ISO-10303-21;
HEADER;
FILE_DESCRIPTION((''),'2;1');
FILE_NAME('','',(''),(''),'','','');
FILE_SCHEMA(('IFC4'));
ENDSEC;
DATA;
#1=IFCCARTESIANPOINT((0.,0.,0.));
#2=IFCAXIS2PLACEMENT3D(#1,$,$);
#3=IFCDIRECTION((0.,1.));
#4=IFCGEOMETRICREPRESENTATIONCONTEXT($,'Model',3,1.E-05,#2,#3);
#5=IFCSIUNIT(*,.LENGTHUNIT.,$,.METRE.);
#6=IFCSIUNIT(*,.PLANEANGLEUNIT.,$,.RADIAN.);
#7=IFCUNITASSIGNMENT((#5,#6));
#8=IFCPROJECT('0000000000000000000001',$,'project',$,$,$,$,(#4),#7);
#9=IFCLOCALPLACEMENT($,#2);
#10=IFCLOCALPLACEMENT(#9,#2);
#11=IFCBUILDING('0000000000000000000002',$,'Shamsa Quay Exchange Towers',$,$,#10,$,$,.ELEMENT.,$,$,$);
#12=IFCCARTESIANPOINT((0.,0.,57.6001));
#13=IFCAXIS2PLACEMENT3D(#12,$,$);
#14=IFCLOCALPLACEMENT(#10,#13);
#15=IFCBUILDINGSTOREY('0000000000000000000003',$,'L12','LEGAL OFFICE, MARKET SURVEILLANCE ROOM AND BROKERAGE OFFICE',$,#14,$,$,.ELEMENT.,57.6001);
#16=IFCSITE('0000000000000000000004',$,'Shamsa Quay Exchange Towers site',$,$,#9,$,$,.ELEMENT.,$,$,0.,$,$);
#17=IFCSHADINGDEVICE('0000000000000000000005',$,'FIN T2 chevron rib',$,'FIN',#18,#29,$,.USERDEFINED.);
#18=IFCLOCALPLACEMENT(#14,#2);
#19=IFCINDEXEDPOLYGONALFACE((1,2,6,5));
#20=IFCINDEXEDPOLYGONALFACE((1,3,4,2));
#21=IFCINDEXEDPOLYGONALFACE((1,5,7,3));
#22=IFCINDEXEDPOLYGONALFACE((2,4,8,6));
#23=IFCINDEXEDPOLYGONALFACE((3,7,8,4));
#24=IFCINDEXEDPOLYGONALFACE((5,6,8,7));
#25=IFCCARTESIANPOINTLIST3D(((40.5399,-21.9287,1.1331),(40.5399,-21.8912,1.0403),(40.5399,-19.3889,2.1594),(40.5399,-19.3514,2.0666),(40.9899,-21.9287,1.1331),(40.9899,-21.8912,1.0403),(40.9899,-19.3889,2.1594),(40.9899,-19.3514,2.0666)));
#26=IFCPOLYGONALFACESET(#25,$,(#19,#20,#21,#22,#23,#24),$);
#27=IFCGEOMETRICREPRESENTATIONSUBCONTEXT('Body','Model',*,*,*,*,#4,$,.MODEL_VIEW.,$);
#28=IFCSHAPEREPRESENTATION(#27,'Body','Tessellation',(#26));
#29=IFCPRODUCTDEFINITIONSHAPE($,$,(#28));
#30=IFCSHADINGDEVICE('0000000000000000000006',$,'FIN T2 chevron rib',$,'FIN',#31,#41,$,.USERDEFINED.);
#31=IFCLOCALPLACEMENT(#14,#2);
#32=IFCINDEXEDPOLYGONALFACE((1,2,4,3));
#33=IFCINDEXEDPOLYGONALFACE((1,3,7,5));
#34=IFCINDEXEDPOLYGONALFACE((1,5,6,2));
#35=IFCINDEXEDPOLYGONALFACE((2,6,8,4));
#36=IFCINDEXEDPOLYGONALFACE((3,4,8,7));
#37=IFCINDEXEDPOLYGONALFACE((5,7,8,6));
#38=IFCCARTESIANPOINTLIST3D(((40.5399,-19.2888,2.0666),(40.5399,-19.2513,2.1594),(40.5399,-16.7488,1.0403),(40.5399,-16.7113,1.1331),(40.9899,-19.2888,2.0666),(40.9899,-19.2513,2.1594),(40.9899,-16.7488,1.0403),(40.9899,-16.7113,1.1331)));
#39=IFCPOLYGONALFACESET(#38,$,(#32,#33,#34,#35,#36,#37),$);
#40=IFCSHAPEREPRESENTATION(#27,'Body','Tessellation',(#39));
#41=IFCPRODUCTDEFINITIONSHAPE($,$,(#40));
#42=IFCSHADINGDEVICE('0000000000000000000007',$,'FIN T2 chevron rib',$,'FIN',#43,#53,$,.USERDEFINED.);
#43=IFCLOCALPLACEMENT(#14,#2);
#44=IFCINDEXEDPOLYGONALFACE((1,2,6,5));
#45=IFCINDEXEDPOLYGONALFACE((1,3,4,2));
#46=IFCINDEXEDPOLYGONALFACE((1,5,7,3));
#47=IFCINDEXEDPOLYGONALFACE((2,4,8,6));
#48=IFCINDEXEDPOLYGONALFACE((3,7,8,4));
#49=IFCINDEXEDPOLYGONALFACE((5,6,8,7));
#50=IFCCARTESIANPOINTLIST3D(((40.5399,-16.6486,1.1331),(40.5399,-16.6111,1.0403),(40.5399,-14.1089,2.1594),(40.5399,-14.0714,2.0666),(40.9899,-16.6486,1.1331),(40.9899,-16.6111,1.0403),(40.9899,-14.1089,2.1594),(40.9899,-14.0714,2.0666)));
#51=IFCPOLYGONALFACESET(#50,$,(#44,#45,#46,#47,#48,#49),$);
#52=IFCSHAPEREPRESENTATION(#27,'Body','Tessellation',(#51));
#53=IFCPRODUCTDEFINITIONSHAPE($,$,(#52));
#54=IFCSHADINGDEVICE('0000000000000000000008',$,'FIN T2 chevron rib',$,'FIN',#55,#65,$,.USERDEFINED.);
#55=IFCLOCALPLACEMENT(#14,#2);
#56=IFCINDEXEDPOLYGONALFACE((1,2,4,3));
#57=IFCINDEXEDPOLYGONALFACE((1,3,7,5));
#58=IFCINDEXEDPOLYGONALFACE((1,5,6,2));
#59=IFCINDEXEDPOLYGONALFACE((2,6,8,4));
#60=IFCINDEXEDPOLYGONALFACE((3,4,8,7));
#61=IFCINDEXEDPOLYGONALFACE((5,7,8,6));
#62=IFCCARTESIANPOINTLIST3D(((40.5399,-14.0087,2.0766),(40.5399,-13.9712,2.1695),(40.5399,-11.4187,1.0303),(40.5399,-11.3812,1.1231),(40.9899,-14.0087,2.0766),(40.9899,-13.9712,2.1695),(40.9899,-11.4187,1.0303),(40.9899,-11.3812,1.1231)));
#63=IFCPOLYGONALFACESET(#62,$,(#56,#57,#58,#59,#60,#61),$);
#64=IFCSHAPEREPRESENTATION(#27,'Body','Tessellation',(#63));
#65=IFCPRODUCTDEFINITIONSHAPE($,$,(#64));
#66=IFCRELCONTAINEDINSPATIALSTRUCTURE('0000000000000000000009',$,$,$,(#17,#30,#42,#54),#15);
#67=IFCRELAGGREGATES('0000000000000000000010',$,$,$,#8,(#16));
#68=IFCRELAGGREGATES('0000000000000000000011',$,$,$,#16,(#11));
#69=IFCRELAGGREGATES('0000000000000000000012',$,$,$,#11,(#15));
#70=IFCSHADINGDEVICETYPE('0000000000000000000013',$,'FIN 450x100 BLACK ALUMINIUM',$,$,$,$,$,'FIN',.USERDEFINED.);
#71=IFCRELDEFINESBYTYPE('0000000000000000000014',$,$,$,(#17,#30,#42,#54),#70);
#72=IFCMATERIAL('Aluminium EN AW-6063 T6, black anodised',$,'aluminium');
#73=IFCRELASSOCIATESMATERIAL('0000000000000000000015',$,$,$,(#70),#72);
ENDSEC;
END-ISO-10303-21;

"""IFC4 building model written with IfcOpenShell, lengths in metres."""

from ifc_helpers import new_model, si_unit, direction, frame, origin, origin_2d, place, context, subcontext, project, spatial, rectangle, extrude, material, material_profile, profile_set, type_object, element, save


model = new_model("IFC4")

# Units and contexts
model_context = context("Model", 3, precision=1e-05, world=origin(), true_north=direction((0.0, 1.0)))
body_context = subcontext(model_context, "Body", "Model", "MODEL_VIEW")
ifc_project = project(units=[si_unit("LENGTHUNIT", "METRE"), si_unit("PLANEANGLEUNIT", "RADIAN")], contexts=[model_context])

# Site, building, storey
site_placement = place(None, origin())
site = spatial("IfcSite", under=ifc_project, at=site_placement, Name="Shamsa Quay Exchange Towers site", CompositionType="ELEMENT", RefElevation=0.0)
building_placement = place(site_placement, origin())
building = spatial("IfcBuilding", under=site, at=building_placement, Name="Shamsa Quay Exchange Towers", CompositionType="ELEMENT")
storey_placement = place(building_placement, frame((0.0, 0.0, 57.6001)))
storey = spatial("IfcBuildingStorey", under=building, at=storey_placement, Name="L12", Description="LEGAL OFFICE, MARKET SURVEILLANCE ROOM AND BROKERAGE OFFICE", CompositionType="ELEMENT", Elevation=57.6001)

# Shared definitions
ifc_material_1 = material(Name="Aluminium EN AW-6063 T6, black anodised", Category="aluminium")

# Shading devices
ifc_material_profile_1 = material_profile(ifc_material_1, rectangle(XDim=0.45, YDim=0.1001, at=origin_2d()), Name="FIN450x100")
ifc_profile_set_1 = profile_set([ifc_material_profile_1], Name="Aluminium EN AW-6063 T6, black anodised")
shading_device_type = type_object("IfcShadingDeviceType", Name="FIN 450x100 BLACK ALUMINIUM", ElementType="FIN", PredefinedType="USERDEFINED", material=ifc_profile_set_1)
shading_device_1_placement = place(storey_placement, frame((40.7649, -21.9099, 1.0867), z_axis=(0.0, 0.927156, 0.374677), x_axis=(-1.0, 0.0, 0.0)))
element("IfcShadingDevice", 1, at=shading_device_1_placement, inside=storey, type_object=shading_device_type, Name="FIN T2 chevron rib", ObjectType="FIN", PredefinedType="USERDEFINED", context=body_context, shape_type="SweptSolid", body=[
    extrude(rectangle(XDim=0.45, YDim=0.1001, at=origin_2d()), origin(), (0.0, 0.0, 1.0), 2.7393),
])
shading_device_2_placement = place(storey_placement, frame((40.7649, -19.27, 2.113), z_axis=(0.0, 0.927168, -0.374646), x_axis=(-1.0, 0.0, 0.0)))
element("IfcShadingDevice", 2, at=shading_device_2_placement, inside=storey, type_object=shading_device_type, Name="FIN T2 chevron rib", ObjectType="FIN", PredefinedType="USERDEFINED", context=body_context, shape_type="SweptSolid", body=[
    extrude(rectangle(XDim=0.45, YDim=0.1001, at=origin_2d()), origin(), (0.0, 0.0, 1.0), 2.7395),
])
shading_device_3_placement = place(storey_placement, frame((40.7649, -16.6299, 1.0867), z_axis=(0.0, 0.927156, 0.374677), x_axis=(-1.0, 0.0, 0.0)))
element("IfcShadingDevice", 3, at=shading_device_3_placement, inside=storey, type_object=shading_device_type, Name="FIN T2 chevron rib", ObjectType="FIN", PredefinedType="USERDEFINED", context=body_context, shape_type="SweptSolid", body=[
    extrude(rectangle(XDim=0.45, YDim=0.1001, at=origin_2d()), origin(), (0.0, 0.0, 1.0), 2.7393),
])
shading_device_4_placement = place(storey_placement, frame((40.7649, -13.99, 2.123), z_axis=(0.0, 0.927193, -0.374583), x_axis=(-1.0, 0.0, 0.0)))
element("IfcShadingDevice", 4, at=shading_device_4_placement, inside=storey, type_object=shading_device_type, Name="FIN T2 chevron rib", ObjectType="FIN", PredefinedType="USERDEFINED", context=body_context, shape_type="SweptSolid", body=[
    extrude(rectangle(XDim=0.45, YDim=0.1001, at=origin_2d()), origin(), (0.0, 0.0, 1.0), 2.7935),
])

save(model, "model.ifc")
